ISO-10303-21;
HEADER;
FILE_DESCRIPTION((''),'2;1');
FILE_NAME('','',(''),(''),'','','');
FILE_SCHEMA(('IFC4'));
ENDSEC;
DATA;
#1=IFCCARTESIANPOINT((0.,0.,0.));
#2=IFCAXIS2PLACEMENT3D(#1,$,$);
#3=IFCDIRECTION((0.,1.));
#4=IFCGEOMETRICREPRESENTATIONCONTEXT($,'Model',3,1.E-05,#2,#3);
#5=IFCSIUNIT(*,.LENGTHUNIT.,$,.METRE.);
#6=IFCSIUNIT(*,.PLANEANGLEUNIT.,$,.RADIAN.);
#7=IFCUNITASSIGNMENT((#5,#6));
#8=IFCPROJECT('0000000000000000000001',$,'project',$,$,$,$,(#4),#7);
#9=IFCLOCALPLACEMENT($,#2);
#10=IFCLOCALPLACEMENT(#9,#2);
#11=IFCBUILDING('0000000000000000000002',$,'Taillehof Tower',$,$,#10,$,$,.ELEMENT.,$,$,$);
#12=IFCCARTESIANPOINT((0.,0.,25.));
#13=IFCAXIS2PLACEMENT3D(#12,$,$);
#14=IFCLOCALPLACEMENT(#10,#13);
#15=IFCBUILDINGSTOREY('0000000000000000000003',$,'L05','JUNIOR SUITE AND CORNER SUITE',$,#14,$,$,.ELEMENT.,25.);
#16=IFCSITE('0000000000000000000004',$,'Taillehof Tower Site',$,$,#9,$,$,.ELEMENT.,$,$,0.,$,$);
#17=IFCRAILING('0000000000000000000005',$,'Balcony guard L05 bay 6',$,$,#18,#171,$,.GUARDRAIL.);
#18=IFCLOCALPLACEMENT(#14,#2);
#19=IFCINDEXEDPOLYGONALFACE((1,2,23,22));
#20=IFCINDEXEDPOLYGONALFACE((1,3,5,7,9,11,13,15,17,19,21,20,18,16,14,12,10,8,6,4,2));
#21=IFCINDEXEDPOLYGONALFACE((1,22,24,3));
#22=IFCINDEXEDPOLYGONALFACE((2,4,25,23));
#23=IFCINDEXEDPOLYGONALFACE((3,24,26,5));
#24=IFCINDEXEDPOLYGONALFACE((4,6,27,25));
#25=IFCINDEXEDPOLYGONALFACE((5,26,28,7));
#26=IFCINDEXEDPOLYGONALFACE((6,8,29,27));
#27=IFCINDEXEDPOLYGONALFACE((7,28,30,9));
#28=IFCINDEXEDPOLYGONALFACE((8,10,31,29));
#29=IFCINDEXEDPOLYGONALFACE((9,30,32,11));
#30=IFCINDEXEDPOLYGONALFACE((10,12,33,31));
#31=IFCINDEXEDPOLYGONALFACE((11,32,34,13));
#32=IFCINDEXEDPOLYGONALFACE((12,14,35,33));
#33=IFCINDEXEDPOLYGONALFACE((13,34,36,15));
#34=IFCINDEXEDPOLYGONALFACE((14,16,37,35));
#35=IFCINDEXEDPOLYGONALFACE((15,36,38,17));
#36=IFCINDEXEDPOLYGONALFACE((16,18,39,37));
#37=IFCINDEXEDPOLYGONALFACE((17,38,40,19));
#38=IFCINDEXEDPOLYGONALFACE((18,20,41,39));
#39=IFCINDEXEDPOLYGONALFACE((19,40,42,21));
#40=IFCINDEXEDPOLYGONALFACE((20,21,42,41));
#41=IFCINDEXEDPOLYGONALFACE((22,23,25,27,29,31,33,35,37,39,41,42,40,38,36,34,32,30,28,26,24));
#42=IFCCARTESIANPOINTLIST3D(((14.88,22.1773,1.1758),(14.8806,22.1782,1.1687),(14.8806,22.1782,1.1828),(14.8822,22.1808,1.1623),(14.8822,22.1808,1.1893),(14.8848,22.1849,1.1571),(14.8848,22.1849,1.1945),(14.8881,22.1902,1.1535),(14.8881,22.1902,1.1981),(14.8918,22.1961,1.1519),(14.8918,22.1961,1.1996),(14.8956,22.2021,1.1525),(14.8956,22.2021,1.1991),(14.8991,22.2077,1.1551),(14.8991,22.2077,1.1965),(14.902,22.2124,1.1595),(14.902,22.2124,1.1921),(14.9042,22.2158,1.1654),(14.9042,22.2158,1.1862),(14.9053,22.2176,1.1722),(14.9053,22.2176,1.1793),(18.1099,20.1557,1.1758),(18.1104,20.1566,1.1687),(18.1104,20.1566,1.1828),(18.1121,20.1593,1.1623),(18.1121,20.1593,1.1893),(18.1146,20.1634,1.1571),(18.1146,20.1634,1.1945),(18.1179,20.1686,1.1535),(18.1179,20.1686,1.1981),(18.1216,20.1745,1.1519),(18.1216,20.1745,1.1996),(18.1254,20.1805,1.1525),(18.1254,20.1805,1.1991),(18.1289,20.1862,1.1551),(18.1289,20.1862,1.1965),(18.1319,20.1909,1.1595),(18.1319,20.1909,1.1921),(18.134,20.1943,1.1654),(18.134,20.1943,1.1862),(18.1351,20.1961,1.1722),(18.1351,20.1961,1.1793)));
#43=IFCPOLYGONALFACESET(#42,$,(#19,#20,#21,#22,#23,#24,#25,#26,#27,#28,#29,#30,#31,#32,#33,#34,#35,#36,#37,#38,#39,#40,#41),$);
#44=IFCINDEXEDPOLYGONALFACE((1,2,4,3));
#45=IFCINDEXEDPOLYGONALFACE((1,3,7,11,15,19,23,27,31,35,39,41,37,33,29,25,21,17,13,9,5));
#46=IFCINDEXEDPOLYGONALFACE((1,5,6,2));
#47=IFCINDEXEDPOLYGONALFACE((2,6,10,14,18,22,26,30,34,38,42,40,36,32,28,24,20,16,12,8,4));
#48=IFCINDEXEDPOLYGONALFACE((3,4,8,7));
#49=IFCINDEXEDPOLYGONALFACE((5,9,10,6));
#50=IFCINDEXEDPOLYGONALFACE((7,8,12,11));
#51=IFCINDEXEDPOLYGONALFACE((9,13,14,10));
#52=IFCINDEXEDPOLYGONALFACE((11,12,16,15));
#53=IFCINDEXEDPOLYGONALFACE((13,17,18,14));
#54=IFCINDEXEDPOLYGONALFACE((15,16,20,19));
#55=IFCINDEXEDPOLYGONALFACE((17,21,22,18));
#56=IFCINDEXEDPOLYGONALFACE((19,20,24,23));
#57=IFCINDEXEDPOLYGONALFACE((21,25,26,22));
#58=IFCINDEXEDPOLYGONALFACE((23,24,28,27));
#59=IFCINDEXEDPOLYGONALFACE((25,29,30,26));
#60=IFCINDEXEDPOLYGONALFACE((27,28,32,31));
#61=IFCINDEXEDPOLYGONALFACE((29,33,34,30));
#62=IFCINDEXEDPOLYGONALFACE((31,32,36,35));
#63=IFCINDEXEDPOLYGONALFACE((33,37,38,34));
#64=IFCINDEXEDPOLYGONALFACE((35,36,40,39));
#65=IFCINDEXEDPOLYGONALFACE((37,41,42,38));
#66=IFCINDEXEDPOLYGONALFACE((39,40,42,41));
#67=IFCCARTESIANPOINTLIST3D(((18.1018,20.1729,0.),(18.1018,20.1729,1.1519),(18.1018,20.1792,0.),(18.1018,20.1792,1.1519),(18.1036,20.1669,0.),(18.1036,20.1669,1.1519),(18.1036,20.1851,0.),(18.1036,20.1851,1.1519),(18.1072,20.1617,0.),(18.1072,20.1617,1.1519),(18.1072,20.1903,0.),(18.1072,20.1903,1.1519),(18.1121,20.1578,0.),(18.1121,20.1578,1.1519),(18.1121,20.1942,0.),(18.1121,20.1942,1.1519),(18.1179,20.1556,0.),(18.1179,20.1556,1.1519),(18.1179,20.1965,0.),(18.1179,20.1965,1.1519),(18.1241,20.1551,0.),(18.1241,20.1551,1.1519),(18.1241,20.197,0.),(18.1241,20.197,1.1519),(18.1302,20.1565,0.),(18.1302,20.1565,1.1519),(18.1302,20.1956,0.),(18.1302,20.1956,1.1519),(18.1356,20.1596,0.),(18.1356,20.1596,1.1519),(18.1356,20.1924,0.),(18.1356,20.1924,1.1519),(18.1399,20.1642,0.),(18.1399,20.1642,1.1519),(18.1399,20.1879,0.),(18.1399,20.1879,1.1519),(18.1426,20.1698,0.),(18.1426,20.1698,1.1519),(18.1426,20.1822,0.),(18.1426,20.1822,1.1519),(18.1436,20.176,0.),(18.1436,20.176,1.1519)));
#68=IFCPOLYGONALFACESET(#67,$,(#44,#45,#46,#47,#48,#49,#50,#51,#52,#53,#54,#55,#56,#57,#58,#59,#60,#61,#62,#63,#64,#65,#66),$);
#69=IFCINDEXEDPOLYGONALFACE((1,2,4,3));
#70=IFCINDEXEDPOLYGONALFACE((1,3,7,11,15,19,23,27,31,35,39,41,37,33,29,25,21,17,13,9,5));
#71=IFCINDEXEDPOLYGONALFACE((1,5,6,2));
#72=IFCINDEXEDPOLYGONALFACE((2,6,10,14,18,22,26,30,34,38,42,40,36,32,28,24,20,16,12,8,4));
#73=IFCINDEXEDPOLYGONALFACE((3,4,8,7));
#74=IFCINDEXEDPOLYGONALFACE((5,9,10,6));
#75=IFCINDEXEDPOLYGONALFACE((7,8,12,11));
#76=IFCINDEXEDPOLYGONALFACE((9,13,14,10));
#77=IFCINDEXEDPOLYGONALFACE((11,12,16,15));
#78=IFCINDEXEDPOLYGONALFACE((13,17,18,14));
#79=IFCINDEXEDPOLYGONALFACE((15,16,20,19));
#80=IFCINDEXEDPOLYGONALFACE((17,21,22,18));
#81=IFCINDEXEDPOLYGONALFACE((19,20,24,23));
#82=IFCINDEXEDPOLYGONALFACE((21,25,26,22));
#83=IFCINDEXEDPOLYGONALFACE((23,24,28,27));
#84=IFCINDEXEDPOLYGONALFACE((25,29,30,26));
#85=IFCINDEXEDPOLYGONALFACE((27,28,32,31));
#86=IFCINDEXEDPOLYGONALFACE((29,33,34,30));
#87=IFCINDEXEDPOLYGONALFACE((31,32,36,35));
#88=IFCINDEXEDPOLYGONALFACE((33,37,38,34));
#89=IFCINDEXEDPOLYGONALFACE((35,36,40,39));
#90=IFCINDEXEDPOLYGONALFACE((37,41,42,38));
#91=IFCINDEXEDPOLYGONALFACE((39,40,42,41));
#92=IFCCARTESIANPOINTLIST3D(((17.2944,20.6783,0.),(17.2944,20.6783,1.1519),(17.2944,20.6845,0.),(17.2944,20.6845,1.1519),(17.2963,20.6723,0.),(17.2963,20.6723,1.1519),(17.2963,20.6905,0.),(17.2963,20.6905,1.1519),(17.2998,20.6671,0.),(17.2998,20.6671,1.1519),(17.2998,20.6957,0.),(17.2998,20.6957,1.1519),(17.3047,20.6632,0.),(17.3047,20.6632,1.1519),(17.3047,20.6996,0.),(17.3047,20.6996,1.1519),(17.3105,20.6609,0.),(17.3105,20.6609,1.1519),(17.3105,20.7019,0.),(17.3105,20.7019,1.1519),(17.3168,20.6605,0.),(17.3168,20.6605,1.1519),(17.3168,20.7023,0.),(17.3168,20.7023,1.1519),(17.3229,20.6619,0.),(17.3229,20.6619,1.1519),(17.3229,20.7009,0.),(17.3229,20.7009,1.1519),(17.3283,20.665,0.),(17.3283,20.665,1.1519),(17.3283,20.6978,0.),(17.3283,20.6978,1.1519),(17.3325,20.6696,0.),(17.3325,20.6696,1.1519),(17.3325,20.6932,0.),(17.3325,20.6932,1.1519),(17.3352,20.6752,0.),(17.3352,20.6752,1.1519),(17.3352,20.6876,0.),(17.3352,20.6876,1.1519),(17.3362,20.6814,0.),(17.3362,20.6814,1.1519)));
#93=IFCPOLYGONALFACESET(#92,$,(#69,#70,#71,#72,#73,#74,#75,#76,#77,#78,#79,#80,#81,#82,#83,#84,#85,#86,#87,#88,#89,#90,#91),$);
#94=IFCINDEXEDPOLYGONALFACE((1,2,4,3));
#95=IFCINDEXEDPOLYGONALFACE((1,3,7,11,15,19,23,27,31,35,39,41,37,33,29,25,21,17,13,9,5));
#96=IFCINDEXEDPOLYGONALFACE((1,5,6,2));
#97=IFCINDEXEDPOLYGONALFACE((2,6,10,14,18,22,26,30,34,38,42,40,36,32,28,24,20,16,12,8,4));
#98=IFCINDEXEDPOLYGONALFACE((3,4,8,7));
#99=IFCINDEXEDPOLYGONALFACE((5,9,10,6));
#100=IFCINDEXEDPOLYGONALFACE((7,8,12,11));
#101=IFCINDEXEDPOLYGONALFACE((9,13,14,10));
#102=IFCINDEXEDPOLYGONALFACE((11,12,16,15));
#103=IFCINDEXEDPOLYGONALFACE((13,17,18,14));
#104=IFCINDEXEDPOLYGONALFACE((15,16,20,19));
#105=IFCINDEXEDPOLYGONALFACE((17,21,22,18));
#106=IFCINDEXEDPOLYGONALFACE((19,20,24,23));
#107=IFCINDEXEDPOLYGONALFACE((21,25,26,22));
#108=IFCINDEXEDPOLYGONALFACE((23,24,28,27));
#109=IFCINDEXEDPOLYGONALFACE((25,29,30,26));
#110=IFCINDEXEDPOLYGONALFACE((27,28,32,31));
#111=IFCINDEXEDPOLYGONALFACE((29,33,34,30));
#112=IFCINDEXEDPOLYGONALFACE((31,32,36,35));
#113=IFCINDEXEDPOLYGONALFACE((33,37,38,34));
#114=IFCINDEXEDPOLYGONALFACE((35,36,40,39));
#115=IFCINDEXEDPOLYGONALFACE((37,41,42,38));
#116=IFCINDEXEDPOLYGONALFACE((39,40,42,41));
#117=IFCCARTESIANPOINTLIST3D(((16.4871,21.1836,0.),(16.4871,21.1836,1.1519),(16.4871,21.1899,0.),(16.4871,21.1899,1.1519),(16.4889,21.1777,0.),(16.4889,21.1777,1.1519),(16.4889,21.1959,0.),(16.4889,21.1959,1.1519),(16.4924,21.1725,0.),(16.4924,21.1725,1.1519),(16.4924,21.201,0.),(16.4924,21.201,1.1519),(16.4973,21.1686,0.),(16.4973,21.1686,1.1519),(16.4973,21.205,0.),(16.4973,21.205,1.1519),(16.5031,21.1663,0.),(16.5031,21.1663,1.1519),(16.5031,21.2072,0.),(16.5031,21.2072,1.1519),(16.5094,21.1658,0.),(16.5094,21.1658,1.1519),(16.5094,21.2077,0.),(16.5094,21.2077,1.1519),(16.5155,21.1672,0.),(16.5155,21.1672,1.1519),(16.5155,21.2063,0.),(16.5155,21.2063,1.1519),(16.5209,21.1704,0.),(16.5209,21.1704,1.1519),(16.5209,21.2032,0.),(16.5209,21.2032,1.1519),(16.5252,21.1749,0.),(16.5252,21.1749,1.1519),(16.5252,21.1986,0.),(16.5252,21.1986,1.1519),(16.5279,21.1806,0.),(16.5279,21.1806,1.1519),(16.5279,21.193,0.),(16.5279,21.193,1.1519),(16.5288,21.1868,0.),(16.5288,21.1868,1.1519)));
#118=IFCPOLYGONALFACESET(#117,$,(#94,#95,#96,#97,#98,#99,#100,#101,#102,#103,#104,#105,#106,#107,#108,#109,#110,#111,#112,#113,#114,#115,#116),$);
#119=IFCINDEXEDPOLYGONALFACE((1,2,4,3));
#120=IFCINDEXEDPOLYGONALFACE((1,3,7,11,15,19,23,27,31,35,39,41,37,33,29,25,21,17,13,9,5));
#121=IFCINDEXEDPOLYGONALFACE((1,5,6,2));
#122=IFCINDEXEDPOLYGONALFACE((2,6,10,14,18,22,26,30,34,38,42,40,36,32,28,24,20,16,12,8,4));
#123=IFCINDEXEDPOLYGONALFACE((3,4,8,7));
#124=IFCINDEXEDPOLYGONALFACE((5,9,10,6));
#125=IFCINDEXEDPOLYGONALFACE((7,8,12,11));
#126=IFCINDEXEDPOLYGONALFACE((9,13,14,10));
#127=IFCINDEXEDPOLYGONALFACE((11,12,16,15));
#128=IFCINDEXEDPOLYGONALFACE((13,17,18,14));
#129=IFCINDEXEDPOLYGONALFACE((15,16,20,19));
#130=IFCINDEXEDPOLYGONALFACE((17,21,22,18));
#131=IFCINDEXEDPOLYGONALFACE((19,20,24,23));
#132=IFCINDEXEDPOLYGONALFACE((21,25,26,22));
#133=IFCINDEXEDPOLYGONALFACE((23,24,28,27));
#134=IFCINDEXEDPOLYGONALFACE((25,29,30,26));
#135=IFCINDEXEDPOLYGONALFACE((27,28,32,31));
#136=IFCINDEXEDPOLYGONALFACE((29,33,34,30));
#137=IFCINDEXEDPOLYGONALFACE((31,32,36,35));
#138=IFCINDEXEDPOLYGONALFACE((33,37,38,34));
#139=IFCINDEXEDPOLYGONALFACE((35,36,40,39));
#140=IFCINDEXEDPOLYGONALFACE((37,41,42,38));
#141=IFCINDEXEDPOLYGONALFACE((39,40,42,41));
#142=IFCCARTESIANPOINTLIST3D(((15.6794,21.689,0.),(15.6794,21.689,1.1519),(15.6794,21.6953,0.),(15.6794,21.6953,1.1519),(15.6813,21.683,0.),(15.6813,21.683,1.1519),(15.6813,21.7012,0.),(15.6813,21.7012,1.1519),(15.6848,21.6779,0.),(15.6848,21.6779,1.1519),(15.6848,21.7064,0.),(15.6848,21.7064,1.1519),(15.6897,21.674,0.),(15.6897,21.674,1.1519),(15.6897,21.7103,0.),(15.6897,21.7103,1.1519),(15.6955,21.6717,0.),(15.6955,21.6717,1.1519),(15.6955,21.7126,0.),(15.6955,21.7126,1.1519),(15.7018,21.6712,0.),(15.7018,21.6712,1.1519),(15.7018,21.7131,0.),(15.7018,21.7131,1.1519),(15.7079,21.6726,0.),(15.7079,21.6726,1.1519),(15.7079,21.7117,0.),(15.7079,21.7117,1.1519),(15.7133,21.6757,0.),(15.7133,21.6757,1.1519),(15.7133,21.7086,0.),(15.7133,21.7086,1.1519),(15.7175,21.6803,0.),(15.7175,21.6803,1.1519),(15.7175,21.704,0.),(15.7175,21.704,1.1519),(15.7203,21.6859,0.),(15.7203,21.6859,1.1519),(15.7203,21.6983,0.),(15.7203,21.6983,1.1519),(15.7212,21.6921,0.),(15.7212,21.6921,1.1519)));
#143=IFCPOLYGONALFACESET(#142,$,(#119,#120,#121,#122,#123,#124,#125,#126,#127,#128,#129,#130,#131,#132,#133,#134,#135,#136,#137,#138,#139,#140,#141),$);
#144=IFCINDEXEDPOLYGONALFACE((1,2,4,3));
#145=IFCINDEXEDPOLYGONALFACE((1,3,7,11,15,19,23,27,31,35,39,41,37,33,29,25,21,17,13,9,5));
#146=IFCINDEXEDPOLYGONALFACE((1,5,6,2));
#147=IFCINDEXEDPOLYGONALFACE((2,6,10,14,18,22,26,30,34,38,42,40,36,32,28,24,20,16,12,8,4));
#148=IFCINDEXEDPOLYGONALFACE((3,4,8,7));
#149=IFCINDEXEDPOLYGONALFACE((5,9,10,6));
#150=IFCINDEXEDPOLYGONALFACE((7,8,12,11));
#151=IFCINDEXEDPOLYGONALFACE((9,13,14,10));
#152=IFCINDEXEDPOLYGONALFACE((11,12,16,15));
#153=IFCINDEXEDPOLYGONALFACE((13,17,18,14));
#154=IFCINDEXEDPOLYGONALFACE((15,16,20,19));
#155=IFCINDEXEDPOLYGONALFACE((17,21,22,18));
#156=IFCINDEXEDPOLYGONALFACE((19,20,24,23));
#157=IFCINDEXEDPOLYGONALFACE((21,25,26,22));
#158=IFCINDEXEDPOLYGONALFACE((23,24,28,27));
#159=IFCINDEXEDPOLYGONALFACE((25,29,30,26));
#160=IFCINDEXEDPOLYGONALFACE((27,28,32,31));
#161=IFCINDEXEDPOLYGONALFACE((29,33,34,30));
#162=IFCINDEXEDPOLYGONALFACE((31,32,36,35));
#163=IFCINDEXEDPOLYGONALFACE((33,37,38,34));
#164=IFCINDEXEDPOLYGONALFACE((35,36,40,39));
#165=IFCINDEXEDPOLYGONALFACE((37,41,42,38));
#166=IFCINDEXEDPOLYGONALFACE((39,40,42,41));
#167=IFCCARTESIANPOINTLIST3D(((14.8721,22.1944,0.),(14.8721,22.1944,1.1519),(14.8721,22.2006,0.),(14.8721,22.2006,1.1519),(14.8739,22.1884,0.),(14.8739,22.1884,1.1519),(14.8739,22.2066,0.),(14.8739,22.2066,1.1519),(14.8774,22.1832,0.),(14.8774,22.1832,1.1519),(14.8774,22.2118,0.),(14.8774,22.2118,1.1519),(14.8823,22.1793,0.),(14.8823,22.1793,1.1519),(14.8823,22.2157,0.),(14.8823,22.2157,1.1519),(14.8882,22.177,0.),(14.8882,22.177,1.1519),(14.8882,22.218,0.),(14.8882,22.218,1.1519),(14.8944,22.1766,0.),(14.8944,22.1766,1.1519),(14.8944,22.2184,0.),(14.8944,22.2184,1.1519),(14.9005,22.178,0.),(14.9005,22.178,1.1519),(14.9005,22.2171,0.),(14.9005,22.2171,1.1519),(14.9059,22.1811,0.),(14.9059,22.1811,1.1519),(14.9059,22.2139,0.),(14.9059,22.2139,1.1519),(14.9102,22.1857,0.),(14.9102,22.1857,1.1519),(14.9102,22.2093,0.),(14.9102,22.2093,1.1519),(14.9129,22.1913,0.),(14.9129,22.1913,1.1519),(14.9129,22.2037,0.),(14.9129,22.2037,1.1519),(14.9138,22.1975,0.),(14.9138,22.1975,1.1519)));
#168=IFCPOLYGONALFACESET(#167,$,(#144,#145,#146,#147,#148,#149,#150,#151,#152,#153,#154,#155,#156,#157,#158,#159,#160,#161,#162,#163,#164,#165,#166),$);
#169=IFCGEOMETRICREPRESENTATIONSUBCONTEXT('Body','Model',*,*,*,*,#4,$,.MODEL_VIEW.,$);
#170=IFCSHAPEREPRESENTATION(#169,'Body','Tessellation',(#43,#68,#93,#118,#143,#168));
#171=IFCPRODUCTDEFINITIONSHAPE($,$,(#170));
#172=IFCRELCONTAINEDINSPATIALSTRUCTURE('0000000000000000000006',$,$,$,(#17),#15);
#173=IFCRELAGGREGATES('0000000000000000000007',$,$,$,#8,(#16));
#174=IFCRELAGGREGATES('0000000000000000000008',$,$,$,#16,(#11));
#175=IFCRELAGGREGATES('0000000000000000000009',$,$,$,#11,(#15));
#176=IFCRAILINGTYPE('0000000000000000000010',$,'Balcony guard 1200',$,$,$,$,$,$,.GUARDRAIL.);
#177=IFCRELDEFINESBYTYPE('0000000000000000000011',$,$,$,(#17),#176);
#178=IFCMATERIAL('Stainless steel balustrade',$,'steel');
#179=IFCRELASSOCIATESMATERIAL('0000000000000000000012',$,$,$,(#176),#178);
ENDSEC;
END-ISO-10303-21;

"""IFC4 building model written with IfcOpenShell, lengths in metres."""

from ifc_helpers import new_model, si_unit, direction, frame, origin, origin_2d, place, context, subcontext, project, spatial, circle, extrude, material, type_object, element, save


model = new_model("IFC4")

# Units and contexts
model_context = context("Model", 3, precision=1e-05, world=origin(), true_north=direction((0.0, 1.0)))
body_context = subcontext(model_context, "Body", "Model", "MODEL_VIEW")
ifc_project = project(units=[si_unit("LENGTHUNIT", "METRE"), si_unit("PLANEANGLEUNIT", "RADIAN")], contexts=[model_context])

# Site, building, storey
site_placement = place(None, origin())
site = spatial("IfcSite", under=ifc_project, at=site_placement, Name="Taillehof Tower Site", CompositionType="ELEMENT", RefElevation=0.0)
building_placement = place(site_placement, origin())
building = spatial("IfcBuilding", under=site, at=building_placement, Name="Taillehof Tower", CompositionType="ELEMENT")
storey_placement = place(building_placement, frame((0.0, 0.0, 25.0)))
storey = spatial("IfcBuildingStorey", under=building, at=storey_placement, Name="L05", Description="JUNIOR SUITE AND CORNER SUITE", CompositionType="ELEMENT", Elevation=25.0)

# Railing
ifc_material_1 = material(Name="Stainless steel balustrade", Category="steel")
railing_type = type_object("IfcRailingType", Name="Balcony guard 1200", PredefinedType="GUARDRAIL", material=ifc_material_1)
railing_placement = place(storey_placement, frame((18.1226, 20.176, 0.0)))
element("IfcRailing", 1, at=railing_placement, inside=storey, type_object=railing_type, Name="Balcony guard L05 bay 6", PredefinedType="GUARDRAIL", context=body_context, shape_type="SweptSolid", body=[
    extrude(circle(Radius=0.0239, at=origin_2d()), frame((0.0, 0.0, 1.1758), z_axis=(-0.847656, 0.530546, 0.0), x_axis=(-0.530546, -0.847656, 0.0)), (0.0, 0.0, 1.0), 3.8103),
    extrude(circle(Radius=0.021, at=origin_2d()), origin(), (0.0, 0.0, 1.0), 1.1519),
    extrude(circle(Radius=0.021, at=origin_2d()), frame((-0.8074, 0.5054, 0.0)), (0.0, 0.0, 1.0), 1.1519),
    extrude(circle(Radius=0.021, at=origin_2d()), frame((-1.6147, 1.0107, 0.0)), (0.0, 0.0, 1.0), 1.1519),
    extrude(circle(Radius=0.021, at=origin_2d()), frame((-2.4224, 1.5161, 0.0)), (0.0, 0.0, 1.0), 1.1519),
    extrude(circle(Radius=0.021, at=origin_2d()), frame((-3.2297, 2.0215, 0.0)), (0.0, 0.0, 1.0), 1.1519),
])

save(model, "model.ifc")
